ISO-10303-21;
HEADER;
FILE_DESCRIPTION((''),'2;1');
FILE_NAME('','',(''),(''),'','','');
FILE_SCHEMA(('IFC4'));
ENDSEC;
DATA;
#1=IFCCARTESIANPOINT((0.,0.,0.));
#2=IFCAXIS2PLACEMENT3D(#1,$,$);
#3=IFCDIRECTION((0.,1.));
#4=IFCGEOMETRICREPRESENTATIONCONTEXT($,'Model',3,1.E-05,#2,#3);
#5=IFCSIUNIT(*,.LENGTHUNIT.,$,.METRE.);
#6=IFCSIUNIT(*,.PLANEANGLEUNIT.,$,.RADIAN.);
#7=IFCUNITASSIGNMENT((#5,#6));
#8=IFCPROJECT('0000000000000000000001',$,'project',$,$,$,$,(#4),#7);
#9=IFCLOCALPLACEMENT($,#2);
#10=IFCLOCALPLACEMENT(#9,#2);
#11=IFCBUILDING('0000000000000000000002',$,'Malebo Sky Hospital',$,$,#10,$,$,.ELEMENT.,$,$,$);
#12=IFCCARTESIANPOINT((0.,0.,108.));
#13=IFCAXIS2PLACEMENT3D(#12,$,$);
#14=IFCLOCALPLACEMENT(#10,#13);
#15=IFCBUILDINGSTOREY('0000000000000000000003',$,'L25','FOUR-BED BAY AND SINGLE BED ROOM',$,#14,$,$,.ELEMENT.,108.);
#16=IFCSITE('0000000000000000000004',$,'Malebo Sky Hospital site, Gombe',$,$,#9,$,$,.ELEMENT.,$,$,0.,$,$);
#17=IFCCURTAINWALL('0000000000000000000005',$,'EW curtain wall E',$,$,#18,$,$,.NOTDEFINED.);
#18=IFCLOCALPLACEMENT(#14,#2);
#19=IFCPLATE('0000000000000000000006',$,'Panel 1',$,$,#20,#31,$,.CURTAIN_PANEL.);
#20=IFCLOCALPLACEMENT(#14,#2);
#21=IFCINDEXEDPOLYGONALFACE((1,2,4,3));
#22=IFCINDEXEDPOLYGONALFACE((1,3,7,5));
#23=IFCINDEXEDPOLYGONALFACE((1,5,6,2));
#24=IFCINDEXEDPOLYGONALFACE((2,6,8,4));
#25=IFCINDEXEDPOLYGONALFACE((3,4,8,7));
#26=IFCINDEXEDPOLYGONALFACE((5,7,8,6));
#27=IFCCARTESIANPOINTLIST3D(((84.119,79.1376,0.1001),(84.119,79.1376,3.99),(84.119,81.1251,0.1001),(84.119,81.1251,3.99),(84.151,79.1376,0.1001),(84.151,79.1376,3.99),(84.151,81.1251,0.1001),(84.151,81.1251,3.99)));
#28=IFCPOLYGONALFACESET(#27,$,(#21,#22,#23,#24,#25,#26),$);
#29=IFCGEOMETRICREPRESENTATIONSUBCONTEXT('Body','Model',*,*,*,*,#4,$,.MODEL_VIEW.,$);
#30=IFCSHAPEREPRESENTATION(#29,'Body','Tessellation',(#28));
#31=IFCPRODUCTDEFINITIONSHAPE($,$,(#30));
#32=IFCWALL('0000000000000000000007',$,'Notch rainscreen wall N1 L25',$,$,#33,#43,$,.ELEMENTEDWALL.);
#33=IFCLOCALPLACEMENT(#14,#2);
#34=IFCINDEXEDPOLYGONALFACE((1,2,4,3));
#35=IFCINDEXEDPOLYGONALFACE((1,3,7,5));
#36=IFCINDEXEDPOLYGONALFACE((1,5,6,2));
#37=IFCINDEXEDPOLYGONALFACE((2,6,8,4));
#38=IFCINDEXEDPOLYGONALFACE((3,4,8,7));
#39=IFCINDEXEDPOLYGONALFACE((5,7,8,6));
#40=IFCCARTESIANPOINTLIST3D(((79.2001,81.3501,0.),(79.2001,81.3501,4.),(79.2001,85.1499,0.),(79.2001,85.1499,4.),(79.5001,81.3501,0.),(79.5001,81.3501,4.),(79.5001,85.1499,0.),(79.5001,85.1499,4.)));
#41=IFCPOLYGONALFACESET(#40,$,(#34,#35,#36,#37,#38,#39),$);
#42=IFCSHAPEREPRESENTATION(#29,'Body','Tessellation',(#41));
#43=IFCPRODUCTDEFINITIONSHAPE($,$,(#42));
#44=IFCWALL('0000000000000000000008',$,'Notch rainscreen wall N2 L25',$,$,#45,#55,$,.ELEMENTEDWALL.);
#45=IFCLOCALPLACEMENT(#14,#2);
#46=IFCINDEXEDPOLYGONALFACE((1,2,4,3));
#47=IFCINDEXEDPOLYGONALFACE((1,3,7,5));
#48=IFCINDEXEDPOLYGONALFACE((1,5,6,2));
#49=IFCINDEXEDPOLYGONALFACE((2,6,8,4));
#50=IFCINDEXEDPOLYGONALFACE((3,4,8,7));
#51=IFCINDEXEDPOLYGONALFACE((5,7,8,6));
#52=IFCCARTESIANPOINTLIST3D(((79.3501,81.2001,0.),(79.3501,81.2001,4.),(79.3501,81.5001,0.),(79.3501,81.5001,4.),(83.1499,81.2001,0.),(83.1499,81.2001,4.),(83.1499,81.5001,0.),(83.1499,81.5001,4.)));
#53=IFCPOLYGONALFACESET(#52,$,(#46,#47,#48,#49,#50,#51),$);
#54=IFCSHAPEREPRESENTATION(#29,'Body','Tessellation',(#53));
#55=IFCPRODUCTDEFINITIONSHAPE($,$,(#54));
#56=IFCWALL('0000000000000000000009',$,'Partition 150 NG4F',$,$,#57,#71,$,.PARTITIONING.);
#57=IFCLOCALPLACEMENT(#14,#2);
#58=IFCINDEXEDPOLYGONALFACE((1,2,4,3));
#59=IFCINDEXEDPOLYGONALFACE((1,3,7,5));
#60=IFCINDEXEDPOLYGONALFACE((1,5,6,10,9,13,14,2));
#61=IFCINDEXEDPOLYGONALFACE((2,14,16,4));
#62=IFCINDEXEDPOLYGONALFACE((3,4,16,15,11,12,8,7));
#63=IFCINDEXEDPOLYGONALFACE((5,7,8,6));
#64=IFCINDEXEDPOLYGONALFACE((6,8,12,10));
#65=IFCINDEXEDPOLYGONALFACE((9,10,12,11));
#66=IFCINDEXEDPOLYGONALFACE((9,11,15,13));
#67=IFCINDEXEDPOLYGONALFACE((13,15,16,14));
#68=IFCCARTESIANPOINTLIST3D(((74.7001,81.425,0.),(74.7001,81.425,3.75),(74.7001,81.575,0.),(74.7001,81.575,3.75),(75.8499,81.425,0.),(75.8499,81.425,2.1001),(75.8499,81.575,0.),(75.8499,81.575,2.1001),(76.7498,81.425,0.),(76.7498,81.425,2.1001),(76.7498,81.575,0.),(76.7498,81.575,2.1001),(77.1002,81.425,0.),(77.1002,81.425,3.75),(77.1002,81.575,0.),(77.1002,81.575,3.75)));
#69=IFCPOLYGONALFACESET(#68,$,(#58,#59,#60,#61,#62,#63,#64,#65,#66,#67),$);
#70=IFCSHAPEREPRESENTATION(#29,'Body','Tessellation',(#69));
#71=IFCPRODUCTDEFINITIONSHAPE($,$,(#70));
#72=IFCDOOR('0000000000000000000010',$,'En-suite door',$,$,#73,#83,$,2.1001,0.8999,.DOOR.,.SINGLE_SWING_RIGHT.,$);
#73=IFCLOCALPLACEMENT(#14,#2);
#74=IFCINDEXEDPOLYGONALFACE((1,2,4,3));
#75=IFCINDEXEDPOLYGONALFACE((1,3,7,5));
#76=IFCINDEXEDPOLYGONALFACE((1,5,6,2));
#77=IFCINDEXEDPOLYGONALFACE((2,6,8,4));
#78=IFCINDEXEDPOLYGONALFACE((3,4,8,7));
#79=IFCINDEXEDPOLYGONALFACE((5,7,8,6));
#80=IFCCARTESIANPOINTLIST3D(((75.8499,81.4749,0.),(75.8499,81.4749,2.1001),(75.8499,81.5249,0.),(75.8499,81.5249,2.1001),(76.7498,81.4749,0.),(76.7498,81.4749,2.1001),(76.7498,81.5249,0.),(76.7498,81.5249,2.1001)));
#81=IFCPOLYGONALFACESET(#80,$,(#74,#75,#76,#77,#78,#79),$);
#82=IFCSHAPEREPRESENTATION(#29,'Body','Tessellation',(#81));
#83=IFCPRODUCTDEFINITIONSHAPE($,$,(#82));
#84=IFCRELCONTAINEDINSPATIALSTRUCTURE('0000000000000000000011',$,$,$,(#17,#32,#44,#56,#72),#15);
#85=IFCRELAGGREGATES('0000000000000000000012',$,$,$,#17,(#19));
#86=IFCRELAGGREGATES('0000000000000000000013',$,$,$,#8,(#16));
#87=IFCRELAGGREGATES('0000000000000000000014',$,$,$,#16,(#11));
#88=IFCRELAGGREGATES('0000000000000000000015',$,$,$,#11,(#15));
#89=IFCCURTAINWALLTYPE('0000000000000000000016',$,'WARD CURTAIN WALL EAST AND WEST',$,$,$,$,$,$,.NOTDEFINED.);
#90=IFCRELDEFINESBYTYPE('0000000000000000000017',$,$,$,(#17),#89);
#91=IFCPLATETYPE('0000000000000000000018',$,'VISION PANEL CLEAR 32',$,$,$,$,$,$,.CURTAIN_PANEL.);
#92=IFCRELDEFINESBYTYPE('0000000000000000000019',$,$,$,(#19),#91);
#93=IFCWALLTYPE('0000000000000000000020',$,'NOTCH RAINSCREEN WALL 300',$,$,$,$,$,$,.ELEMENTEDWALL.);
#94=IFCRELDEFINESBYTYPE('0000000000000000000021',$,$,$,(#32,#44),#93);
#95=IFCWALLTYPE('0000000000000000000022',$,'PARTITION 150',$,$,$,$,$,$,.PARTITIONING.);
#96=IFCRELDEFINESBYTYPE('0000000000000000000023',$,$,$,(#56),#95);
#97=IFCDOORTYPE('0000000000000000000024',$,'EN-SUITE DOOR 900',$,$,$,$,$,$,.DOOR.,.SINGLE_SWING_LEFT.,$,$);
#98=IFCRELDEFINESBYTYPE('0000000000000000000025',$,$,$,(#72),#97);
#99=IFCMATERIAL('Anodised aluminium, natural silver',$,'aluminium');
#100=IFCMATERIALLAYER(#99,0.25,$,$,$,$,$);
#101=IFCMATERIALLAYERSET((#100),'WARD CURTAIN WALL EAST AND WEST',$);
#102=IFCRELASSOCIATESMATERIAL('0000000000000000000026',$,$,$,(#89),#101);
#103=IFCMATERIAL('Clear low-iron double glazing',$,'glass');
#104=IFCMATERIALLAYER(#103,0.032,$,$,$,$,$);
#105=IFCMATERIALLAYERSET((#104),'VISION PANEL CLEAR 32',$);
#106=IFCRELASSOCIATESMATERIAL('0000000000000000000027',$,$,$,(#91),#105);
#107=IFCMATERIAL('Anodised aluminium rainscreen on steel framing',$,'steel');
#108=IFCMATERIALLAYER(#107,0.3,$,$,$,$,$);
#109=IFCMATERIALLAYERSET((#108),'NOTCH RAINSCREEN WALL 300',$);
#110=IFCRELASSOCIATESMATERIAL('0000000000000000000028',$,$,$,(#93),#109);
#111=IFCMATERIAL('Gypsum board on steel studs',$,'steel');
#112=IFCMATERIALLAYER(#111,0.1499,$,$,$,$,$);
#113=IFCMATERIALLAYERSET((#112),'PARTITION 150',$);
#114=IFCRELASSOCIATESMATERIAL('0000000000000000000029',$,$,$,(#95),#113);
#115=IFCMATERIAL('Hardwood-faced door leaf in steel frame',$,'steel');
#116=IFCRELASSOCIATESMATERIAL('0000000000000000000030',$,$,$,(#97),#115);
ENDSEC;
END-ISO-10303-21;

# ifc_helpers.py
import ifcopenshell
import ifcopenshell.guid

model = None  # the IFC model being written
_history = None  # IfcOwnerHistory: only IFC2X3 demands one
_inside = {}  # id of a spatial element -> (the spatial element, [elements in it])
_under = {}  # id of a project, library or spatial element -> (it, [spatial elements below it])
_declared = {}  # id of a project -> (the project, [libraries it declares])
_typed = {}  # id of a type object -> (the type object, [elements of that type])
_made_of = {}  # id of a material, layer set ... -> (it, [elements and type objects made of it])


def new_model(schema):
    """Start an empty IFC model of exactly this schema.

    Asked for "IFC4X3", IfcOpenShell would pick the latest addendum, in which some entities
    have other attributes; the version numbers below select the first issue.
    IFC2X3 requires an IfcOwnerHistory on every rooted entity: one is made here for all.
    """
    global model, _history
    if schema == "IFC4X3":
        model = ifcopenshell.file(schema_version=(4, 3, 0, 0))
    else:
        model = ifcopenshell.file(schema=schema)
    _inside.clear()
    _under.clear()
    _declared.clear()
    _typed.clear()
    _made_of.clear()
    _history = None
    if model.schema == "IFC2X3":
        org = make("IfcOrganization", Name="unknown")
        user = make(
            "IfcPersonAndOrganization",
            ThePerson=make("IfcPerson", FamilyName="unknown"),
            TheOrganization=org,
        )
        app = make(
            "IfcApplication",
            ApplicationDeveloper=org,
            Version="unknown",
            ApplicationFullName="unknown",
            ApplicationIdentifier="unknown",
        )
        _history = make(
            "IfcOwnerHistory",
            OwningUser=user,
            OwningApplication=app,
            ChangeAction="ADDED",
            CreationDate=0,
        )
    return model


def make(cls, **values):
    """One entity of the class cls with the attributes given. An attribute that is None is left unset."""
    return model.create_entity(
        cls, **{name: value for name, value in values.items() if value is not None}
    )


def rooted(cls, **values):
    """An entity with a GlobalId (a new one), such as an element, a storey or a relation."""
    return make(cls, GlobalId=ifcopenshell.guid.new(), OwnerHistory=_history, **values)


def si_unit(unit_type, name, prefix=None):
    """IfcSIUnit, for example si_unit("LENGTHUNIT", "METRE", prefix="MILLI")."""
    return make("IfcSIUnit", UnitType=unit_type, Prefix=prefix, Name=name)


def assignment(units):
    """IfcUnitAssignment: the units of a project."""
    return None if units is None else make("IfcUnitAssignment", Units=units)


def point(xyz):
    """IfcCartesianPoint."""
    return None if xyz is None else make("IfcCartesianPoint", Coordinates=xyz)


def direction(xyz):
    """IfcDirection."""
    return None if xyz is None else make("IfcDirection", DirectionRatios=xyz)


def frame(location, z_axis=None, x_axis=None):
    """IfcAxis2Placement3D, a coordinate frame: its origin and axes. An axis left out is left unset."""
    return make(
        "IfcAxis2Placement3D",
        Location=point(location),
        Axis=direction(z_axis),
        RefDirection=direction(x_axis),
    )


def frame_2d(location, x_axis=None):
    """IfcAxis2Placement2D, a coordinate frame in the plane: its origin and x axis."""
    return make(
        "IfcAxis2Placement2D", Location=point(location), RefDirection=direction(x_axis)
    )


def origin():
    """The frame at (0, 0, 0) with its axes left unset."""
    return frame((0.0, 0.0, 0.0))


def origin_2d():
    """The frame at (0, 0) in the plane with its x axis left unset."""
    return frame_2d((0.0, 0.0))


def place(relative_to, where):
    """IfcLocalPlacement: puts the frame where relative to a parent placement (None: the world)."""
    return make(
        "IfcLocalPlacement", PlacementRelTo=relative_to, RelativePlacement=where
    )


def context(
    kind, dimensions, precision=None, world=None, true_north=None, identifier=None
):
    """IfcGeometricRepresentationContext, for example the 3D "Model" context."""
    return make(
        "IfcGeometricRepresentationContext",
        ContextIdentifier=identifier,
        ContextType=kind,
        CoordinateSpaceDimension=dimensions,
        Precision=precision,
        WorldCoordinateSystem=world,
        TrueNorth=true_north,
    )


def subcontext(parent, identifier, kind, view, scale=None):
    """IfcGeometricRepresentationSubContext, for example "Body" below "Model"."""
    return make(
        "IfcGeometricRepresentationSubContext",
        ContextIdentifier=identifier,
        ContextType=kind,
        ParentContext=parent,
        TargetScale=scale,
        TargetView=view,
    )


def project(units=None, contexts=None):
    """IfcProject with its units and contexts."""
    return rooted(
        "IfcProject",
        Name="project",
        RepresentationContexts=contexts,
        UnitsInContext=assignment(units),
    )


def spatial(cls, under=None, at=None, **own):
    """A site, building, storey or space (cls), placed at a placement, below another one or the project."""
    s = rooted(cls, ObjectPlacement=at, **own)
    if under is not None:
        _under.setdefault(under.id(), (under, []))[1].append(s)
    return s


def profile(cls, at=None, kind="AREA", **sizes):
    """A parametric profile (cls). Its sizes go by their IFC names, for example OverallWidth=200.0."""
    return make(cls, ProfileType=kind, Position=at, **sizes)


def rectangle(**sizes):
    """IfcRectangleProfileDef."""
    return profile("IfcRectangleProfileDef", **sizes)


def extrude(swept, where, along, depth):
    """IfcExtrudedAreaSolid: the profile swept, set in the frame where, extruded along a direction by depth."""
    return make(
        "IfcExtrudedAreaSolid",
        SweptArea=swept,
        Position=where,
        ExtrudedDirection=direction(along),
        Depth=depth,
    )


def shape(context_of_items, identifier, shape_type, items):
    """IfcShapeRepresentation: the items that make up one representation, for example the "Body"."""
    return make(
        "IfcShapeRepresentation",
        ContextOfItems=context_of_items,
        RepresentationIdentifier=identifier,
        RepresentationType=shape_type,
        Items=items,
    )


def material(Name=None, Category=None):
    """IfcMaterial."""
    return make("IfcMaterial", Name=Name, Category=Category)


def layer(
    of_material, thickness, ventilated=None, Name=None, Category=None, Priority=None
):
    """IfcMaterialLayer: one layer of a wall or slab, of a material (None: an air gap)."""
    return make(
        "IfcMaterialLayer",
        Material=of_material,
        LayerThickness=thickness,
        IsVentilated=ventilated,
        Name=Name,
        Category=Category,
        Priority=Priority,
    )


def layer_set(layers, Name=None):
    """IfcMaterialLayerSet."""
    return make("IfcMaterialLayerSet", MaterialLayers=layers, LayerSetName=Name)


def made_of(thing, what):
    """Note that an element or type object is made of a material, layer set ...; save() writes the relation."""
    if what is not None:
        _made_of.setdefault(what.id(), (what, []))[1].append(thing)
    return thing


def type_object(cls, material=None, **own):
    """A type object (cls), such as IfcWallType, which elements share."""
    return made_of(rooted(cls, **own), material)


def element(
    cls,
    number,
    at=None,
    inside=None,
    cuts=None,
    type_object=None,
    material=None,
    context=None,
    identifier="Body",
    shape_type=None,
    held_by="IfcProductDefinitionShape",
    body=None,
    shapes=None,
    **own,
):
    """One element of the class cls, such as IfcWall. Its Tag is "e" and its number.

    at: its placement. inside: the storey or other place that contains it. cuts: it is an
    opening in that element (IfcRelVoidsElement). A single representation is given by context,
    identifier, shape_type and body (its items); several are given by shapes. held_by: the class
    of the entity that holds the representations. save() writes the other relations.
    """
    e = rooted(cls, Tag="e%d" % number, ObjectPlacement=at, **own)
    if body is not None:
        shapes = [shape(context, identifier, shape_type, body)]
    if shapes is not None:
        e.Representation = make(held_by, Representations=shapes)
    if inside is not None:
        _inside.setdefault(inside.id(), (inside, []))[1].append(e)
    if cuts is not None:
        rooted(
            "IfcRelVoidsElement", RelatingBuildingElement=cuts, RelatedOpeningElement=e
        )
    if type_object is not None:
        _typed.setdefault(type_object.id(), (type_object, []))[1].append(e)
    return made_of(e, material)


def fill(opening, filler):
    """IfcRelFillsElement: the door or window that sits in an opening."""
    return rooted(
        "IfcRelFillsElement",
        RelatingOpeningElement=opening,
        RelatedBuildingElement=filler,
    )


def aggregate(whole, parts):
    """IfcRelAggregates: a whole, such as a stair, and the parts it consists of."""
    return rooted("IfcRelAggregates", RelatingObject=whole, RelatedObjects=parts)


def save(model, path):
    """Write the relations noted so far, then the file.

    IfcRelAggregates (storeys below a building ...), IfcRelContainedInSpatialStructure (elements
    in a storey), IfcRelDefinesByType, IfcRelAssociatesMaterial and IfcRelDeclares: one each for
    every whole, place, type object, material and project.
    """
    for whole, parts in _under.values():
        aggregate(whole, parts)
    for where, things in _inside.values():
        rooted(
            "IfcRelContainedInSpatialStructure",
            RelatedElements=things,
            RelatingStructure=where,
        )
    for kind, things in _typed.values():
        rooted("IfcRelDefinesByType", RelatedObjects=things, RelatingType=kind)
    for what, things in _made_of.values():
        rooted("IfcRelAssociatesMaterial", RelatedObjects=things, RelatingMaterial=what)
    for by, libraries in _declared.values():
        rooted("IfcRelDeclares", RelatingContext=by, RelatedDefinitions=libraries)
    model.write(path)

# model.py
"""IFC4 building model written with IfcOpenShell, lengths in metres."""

from ifc_helpers import new_model, si_unit, direction, frame, frame_2d, origin, origin_2d, place, context, subcontext, project, spatial, rectangle, extrude, material, layer, layer_set, type_object, element, fill, aggregate, save


model = new_model("IFC4")

# Units and contexts
model_context = context("Model", 3, precision=1e-05, world=origin(), true_north=direction((0.0, 1.0)))
body_context = subcontext(model_context, "Body", "Model", "MODEL_VIEW")
ifc_project = project(units=[si_unit("LENGTHUNIT", "METRE"), si_unit("PLANEANGLEUNIT", "RADIAN")], contexts=[model_context])

# Site, building, storey
site_placement = place(None, origin())
site = spatial("IfcSite", under=ifc_project, at=site_placement, Name="Malebo Sky Hospital site, Gombe", CompositionType="ELEMENT", RefElevation=0.0)
building_placement = place(site_placement, origin())
building = spatial("IfcBuilding", under=site, at=building_placement, Name="Malebo Sky Hospital", CompositionType="ELEMENT")
storey_placement = place(building_placement, frame((0.0, 0.0, 108.0)))
storey = spatial("IfcBuildingStorey", under=building, at=storey_placement, Name="L25", Description="FOUR-BED BAY AND SINGLE BED ROOM", CompositionType="ELEMENT", Elevation=108.0)

# Curtain wall
ifc_material_1 = material(Name="Anodised aluminium, natural silver", Category="aluminium")
ifc_layer_1 = layer(ifc_material_1, 0.25)
ifc_layer_set_1 = layer_set([ifc_layer_1], Name="WARD CURTAIN WALL EAST AND WEST")
curtain_wall_type_1 = type_object("IfcCurtainWallType", Name="WARD CURTAIN WALL EAST AND WEST", PredefinedType="NOTDEFINED", material=ifc_layer_set_1)
curtain_wall_1_placement = place(storey_placement, origin())
curtain_wall_1 = element("IfcCurtainWall", 1, at=curtain_wall_1_placement, inside=storey, type_object=curtain_wall_type_1, Name="EW curtain wall E", PredefinedType="NOTDEFINED")

# Plate
ifc_material_2 = material(Name="Clear low-iron double glazing", Category="glass")
ifc_layer_2 = layer(ifc_material_2, 0.032)
ifc_layer_set_2 = layer_set([ifc_layer_2], Name="VISION PANEL CLEAR 32")
plate_type = type_object("IfcPlateType", Name="VISION PANEL CLEAR 32", PredefinedType="CURTAIN_PANEL", material=ifc_layer_set_2)
plate_1_placement = place(storey_placement, frame((84.135, 80.1313, 0.1001), z_axis=(0.0, 0.0, 1.0), x_axis=(0.0, -1.0, 0.0)))
plate_1 = element("IfcPlate", 2, at=plate_1_placement, type_object=plate_type, Name="Panel 1", PredefinedType="CURTAIN_PANEL", context=body_context, shape_type="SweptSolid", body=[
    extrude(rectangle(XDim=1.9875, YDim=0.032, at=origin_2d()), origin(), (0.0, 0.0, 1.0), 3.8899),
])
aggregate(curtain_wall_1, [plate_1])

# Walls
ifc_material_3 = material(Name="Anodised aluminium rainscreen on steel framing", Category="steel")
ifc_layer_3 = layer(ifc_material_3, 0.3)
ifc_layer_set_3 = layer_set([ifc_layer_3], Name="NOTCH RAINSCREEN WALL 300")
wall_type_1 = type_object("IfcWallType", Name="NOTCH RAINSCREEN WALL 300", PredefinedType="ELEMENTEDWALL", material=ifc_layer_set_3)
for number, where, z_axis, x_axis, name in (
    (3, (79.3501, 85.1499, 0.0), (0.0, 0.0, 1.0), (0.0, -1.0, 0.0), "Notch rainscreen wall N1 L25"),
    (4, (79.3501, 81.3501, 0.0), (0.0, 0.0, 1.0), (1.0, 0.0, 0.0), "Notch rainscreen wall N2 L25"),
):
    element("IfcWall", number, at=place(storey_placement, frame(where, z_axis=z_axis, x_axis=x_axis)), inside=storey, type_object=wall_type_1, Name=name, PredefinedType="ELEMENTEDWALL", context=body_context, shape_type="SweptSolid", body=[
        extrude(rectangle(XDim=3.7998, YDim=0.3, at=frame_2d((1.8999, 0.0))), origin(), (0.0, 0.0, 1.0), 4.0),
    ])

# Wall, opening, door
ifc_material_4 = material(Name="Gypsum board on steel studs", Category="steel")
ifc_layer_4 = layer(ifc_material_4, 0.1499)
ifc_layer_set_4 = layer_set([ifc_layer_4], Name="PARTITION 150")
wall_type_2 = type_object("IfcWallType", Name="PARTITION 150", PredefinedType="PARTITIONING", material=ifc_layer_set_4)
wall_placement = place(storey_placement, frame((74.7, 81.5, 0.0), z_axis=(0.0, 0.0, 1.0), x_axis=(1.0, 0.0, 0.0)))
wall = element("IfcWall", 5, at=wall_placement, inside=storey, type_object=wall_type_2, Name="Partition 150 NG4F", PredefinedType="PARTITIONING", context=body_context, shape_type="SweptSolid", body=[
    extrude(rectangle(XDim=2.4001, YDim=0.1499, at=frame_2d((1.2002, 0.0))), origin(), (0.0, 0.0, 1.0), 3.75),
])
opening_placement = place(wall_placement, frame((1.1499, 0.0, 0.0)))
opening = element("IfcOpeningElement", 6, at=opening_placement, cuts=wall, PredefinedType="OPENING", context=body_context, shape_type="SweptSolid", body=[
    extrude(rectangle(XDim=0.8999, YDim=2.1001, at=frame_2d((0.45, 1.05))), frame((0.0, 0.085, 0.0), z_axis=(0.0, -1.0, 0.0), x_axis=(1.0, 0.0, 0.0)), (0.0, 0.0, 1.0), 0.1699),
])
ifc_material_5 = material(Name="Hardwood-faced door leaf in steel frame", Category="steel")
door_type = type_object("IfcDoorType", Name="EN-SUITE DOOR 900", OperationType="SINGLE_SWING_LEFT", PredefinedType="DOOR", material=ifc_material_5)
door_placement = place(opening_placement, origin())
door = element("IfcDoor", 7, at=door_placement, inside=storey, type_object=door_type, Name="En-suite door", OperationType="SINGLE_SWING_RIGHT", OverallHeight=2.1001, OverallWidth=0.8999, PredefinedType="DOOR", context=body_context, shape_type="SweptSolid", body=[
    extrude(rectangle(XDim=0.8999, YDim=2.1001, at=frame_2d((0.45, 1.05))), frame((0.0, 0.0249, 0.0), z_axis=(0.0, -1.0, 0.0), x_axis=(1.0, 0.0, 0.0)), (0.0, 0.0, 1.0), 0.05),
])
fill(opening, door)

save(model, "model.ifc")
